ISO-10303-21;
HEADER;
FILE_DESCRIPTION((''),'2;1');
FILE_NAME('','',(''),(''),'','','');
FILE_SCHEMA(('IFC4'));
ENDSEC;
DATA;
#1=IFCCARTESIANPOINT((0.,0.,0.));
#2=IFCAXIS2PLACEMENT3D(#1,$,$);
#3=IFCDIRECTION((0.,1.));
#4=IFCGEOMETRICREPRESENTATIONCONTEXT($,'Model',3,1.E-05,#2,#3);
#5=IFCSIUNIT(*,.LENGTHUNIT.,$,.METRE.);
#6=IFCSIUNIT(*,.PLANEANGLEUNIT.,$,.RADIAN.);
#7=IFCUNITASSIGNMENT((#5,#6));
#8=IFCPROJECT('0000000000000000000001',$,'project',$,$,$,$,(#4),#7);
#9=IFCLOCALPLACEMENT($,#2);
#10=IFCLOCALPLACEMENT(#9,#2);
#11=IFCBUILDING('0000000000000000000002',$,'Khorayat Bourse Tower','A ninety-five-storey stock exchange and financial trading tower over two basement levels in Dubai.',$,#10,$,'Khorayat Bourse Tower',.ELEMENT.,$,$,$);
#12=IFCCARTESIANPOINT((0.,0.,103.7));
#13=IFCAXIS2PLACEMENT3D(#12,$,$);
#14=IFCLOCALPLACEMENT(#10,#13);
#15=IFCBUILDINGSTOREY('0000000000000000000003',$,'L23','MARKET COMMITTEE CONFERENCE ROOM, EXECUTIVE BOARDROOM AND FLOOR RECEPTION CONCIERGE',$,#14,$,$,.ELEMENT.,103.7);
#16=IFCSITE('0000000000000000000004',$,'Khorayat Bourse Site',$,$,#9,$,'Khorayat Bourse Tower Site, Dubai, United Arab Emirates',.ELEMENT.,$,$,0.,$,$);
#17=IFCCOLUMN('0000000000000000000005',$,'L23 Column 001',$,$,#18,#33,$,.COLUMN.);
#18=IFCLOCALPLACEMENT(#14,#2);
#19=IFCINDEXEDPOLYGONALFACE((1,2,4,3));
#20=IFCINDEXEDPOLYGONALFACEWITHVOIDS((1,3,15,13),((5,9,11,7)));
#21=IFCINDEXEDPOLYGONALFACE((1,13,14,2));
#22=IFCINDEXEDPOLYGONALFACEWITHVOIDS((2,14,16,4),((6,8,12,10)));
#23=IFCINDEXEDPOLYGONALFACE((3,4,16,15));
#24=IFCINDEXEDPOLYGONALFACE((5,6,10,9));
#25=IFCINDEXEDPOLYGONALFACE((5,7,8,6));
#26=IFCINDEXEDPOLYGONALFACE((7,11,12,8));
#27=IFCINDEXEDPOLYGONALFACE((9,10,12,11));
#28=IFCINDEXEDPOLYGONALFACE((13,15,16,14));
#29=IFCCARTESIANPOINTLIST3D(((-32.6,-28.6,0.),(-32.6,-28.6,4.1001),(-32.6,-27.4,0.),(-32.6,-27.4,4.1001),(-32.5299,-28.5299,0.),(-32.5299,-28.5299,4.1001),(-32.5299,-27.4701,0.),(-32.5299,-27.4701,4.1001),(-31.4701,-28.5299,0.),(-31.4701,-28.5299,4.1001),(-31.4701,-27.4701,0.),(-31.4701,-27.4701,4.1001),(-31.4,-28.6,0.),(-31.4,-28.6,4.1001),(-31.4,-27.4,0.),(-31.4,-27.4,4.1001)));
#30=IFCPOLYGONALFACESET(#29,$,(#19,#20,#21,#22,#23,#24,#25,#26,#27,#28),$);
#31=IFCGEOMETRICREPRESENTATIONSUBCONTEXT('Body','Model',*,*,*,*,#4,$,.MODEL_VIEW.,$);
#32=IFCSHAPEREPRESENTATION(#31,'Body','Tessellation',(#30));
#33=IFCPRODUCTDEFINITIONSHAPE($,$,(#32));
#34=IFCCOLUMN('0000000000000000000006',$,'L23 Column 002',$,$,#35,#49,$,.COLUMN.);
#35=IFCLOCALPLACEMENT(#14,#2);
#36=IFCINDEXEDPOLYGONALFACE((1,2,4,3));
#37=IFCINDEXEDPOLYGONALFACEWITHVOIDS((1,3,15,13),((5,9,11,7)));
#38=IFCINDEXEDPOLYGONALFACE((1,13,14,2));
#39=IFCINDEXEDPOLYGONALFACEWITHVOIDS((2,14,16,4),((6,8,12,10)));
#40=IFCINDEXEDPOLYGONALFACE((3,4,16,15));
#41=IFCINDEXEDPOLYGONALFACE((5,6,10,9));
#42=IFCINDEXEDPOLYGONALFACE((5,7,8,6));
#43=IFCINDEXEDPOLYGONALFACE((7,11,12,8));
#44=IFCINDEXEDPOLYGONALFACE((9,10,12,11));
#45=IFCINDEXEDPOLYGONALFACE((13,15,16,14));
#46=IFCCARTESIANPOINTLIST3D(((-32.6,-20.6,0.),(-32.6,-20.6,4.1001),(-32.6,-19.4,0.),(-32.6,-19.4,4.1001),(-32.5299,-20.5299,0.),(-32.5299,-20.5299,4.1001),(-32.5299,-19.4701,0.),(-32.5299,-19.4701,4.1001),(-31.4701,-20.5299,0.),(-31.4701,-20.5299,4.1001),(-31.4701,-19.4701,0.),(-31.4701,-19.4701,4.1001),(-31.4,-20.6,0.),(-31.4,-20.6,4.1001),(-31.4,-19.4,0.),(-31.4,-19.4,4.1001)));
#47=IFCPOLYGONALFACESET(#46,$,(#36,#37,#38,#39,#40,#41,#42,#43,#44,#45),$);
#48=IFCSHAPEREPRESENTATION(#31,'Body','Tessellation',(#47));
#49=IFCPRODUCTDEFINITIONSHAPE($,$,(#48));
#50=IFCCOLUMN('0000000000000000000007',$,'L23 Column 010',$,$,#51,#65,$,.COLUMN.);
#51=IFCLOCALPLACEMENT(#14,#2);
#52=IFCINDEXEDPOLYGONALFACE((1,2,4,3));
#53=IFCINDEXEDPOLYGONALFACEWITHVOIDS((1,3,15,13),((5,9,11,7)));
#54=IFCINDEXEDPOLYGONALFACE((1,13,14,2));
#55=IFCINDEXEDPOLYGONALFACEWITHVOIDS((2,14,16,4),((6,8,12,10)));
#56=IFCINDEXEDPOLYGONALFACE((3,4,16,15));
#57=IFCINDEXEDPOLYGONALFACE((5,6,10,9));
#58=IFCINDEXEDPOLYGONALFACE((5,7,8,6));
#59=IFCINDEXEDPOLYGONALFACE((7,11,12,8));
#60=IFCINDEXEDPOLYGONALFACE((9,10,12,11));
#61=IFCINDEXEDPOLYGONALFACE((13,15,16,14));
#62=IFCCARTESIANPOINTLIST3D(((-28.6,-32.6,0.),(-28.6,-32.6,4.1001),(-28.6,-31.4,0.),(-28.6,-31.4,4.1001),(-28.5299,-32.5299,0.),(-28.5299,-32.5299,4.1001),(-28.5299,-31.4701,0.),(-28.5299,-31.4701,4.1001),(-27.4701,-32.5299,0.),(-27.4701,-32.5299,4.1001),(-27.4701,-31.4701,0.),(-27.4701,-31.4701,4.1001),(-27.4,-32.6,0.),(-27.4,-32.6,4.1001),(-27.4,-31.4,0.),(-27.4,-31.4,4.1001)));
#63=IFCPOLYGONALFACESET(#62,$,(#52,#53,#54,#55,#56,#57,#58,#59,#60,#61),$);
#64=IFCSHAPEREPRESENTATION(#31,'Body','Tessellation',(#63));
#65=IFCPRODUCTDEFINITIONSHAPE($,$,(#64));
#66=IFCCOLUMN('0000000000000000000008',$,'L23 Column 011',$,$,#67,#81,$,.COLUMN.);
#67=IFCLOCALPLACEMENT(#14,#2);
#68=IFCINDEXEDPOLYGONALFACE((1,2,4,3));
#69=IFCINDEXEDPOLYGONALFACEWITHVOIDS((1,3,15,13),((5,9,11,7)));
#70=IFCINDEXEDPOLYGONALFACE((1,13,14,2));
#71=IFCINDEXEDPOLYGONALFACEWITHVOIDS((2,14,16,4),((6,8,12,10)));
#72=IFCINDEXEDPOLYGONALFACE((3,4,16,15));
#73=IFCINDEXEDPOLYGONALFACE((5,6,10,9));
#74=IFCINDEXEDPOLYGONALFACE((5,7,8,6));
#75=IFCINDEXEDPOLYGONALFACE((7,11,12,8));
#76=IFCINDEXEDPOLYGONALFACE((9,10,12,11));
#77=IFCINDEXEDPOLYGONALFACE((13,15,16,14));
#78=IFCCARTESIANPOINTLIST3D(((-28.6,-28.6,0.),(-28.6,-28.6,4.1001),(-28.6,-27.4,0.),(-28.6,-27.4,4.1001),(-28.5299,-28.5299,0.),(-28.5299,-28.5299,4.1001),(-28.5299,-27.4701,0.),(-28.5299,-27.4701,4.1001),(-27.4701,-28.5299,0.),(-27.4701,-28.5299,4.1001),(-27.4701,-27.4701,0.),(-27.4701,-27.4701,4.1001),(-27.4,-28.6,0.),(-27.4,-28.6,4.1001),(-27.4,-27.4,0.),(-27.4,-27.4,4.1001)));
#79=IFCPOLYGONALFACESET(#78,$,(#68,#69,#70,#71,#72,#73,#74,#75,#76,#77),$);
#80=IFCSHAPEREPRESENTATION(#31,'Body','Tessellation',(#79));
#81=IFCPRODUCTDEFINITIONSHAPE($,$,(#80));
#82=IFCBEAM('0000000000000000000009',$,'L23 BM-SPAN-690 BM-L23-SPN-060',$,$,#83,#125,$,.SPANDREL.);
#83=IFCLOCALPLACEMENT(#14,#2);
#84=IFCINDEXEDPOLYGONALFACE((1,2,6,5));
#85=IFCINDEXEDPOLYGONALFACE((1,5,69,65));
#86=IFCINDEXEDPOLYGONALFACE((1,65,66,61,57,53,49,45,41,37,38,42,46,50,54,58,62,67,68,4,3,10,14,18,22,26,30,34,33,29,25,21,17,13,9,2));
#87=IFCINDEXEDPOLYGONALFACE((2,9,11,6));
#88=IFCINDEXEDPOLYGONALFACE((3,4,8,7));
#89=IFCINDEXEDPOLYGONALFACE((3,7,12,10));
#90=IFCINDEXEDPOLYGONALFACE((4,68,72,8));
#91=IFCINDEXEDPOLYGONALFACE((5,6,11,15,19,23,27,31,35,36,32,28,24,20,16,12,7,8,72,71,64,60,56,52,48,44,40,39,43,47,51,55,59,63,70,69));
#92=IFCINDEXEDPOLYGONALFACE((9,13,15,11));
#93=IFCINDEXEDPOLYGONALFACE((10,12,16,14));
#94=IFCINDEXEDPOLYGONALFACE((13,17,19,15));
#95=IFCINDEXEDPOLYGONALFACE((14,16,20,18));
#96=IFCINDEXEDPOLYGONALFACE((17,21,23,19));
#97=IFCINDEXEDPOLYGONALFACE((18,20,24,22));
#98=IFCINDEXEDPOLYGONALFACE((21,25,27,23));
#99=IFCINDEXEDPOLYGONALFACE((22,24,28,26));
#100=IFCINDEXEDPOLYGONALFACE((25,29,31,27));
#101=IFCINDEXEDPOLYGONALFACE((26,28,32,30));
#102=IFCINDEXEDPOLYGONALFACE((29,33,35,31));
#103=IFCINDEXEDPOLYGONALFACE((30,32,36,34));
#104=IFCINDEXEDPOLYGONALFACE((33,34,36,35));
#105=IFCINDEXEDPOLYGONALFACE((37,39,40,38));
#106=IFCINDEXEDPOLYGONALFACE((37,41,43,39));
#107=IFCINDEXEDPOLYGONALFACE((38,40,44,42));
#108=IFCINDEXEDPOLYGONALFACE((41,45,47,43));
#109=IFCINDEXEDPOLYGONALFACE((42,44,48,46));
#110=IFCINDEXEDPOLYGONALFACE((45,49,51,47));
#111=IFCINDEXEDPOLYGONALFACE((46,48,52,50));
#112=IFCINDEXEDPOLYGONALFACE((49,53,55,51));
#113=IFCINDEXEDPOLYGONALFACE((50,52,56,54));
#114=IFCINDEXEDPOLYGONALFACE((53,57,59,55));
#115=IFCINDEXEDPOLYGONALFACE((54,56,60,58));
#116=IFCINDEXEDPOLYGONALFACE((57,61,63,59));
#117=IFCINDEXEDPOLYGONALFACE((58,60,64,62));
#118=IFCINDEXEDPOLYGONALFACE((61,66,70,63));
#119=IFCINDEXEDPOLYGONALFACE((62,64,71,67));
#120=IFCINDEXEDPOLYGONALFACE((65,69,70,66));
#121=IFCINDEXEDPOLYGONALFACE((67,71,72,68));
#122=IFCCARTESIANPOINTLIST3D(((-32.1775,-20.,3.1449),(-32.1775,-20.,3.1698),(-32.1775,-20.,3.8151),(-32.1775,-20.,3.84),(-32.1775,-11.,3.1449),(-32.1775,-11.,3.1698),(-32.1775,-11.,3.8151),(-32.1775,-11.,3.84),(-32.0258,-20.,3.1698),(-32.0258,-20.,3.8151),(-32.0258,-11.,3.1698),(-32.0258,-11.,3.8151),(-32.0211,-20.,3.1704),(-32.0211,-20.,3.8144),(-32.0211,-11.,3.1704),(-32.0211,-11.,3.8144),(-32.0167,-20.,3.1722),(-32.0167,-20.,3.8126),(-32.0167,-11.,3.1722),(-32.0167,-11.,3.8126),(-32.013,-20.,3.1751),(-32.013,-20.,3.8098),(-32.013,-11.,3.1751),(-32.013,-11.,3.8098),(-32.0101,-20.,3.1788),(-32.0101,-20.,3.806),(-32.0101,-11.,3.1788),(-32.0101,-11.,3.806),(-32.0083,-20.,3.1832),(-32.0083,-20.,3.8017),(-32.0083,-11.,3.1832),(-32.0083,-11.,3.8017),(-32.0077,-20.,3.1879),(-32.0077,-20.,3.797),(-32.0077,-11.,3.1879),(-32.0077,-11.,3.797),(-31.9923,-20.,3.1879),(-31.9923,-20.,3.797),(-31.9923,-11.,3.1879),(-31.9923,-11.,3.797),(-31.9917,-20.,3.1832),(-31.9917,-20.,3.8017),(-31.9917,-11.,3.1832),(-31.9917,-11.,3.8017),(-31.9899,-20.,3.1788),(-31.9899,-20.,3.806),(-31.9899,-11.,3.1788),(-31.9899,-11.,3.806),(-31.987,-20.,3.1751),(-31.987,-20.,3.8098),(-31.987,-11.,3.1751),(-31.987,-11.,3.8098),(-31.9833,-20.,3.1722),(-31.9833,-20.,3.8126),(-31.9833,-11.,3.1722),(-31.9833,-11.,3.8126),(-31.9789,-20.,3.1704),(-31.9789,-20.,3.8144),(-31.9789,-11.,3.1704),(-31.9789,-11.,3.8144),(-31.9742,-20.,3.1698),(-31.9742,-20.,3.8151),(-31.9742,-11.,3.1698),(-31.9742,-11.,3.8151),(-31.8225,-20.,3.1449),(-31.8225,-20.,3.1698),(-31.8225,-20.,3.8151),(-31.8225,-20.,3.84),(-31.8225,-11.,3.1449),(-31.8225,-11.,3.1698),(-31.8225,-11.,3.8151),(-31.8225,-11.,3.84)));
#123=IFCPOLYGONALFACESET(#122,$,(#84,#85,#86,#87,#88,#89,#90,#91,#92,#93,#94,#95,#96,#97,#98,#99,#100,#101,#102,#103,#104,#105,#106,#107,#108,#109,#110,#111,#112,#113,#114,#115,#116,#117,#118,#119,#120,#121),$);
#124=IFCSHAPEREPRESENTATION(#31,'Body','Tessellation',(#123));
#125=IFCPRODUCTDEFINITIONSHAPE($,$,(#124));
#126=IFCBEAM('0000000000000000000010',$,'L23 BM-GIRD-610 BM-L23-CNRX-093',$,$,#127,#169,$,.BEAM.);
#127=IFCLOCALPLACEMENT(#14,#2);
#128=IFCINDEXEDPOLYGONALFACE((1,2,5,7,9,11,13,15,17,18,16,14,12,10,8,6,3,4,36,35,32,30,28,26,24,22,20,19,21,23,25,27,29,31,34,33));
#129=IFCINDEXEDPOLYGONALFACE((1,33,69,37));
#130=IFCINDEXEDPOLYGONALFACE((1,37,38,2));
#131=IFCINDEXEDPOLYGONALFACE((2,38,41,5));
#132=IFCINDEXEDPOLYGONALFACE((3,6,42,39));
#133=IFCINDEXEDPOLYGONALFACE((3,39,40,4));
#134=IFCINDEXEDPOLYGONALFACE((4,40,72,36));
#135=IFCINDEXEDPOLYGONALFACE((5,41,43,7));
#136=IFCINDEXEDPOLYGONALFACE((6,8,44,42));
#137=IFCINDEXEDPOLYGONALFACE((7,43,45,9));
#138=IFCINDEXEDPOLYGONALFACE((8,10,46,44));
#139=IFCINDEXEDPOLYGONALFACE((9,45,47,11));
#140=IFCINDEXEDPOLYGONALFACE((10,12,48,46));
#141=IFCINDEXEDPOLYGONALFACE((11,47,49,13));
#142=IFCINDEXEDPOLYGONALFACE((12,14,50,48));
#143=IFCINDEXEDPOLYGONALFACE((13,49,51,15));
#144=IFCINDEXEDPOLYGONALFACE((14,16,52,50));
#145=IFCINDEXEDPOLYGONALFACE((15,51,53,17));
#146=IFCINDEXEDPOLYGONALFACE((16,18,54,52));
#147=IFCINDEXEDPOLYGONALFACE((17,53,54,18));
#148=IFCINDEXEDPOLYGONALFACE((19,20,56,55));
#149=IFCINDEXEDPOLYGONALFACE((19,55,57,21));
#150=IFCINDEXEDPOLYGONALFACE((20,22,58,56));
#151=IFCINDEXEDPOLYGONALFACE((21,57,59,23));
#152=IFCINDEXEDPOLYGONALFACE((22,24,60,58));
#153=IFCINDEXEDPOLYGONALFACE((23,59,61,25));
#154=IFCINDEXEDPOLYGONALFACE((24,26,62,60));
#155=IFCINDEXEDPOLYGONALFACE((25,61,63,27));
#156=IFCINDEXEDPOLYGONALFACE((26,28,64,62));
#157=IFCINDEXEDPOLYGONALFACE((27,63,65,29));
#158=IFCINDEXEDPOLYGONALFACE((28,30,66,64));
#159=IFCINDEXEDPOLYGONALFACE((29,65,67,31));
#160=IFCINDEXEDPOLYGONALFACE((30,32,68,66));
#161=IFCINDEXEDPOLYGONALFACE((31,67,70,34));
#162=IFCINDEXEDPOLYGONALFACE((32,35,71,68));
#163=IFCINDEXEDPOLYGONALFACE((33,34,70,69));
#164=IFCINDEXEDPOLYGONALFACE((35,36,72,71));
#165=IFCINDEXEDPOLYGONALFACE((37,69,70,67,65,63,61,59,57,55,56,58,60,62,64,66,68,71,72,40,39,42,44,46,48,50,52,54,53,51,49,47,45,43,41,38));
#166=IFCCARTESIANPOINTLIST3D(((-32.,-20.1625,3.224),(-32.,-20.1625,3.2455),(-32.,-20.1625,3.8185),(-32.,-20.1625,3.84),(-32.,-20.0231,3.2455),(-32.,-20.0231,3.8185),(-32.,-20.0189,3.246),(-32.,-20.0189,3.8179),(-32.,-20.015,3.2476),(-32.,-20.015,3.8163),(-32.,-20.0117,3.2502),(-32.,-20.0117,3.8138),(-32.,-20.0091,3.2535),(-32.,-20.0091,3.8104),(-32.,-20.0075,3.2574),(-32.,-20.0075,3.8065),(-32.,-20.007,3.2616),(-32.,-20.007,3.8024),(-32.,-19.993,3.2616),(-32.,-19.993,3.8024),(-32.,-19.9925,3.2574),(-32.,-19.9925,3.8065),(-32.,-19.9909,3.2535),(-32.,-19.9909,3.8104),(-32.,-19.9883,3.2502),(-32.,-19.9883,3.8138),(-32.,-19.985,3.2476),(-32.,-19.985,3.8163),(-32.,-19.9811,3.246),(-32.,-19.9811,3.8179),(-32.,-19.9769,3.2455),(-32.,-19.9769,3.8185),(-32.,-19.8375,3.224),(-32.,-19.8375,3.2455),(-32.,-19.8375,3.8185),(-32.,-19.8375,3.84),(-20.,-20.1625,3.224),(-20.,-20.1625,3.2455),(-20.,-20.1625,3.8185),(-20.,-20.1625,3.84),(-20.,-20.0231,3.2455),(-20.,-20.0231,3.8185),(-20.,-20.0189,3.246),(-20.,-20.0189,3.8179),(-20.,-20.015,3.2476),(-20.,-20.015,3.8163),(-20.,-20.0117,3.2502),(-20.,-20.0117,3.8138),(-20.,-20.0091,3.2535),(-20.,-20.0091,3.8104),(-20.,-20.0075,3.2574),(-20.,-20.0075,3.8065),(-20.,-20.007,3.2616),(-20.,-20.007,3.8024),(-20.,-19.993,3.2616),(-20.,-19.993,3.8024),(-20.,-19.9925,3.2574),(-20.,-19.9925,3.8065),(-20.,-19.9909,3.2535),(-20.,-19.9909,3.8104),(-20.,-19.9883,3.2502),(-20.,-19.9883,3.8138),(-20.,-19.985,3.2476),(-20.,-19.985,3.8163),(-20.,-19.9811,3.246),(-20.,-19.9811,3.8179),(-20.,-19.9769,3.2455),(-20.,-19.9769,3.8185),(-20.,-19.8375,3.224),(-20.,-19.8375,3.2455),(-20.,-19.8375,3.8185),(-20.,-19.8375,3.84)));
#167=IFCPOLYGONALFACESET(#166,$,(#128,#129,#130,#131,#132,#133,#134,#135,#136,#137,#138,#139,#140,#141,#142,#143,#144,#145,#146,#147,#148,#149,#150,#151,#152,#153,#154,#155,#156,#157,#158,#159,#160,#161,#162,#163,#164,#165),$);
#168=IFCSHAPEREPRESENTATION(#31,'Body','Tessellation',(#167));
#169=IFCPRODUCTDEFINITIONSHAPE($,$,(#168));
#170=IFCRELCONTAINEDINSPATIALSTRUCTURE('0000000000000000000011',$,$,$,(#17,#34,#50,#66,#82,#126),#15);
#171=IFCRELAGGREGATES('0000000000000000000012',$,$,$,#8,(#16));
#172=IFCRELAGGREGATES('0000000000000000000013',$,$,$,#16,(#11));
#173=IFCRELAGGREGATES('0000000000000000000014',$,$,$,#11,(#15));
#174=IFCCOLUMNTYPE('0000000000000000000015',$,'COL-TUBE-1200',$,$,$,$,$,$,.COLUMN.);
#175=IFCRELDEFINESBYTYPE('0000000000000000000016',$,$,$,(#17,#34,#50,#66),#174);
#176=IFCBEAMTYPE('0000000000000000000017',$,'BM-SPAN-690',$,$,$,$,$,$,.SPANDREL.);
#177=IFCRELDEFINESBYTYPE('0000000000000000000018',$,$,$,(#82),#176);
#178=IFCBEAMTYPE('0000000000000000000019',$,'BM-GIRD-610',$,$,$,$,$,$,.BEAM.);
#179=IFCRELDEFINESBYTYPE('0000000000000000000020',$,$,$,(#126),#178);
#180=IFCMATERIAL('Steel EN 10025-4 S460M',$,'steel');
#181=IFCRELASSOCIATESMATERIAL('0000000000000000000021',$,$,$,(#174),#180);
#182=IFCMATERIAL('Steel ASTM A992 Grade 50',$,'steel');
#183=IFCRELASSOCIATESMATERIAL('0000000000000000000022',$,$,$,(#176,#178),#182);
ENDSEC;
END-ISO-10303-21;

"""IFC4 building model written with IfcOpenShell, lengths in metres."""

from ifc_helpers import new_model, si_unit, direction, frame, origin, origin_2d, place, context, subcontext, project, spatial, hollow_rectangle, i_section, extrude, source, transform, mapped, material, material_profile, profile_set, type_object, element, save


model = new_model("IFC4")

# Units and contexts
model_context = context("Model", 3, precision=1e-05, world=origin(), true_north=direction((0.0, 1.0)))
body_context = subcontext(model_context, "Body", "Model", "MODEL_VIEW")
ifc_project = project(units=[si_unit("LENGTHUNIT", "METRE"), si_unit("PLANEANGLEUNIT", "RADIAN")], contexts=[model_context])

# Site, building, storey
site_placement = place(None, origin())
site = spatial("IfcSite", under=ifc_project, at=site_placement, Name="Khorayat Bourse Site", LongName="Khorayat Bourse Tower Site, Dubai, United Arab Emirates", CompositionType="ELEMENT", RefElevation=0.0)
building_placement = place(site_placement, origin())
building = spatial("IfcBuilding", under=site, at=building_placement, Name="Khorayat Bourse Tower", Description="A ninety-five-storey stock exchange and financial trading tower over two basement levels in Dubai.", LongName="Khorayat Bourse Tower", CompositionType="ELEMENT")
storey_placement = place(building_placement, frame((0.0, 0.0, 103.7)))
storey = spatial("IfcBuildingStorey", under=building, at=storey_placement, Name="L23", Description="MARKET COMMITTEE CONFERENCE ROOM, EXECUTIVE BOARDROOM AND FLOOR RECEPTION CONCIERGE", CompositionType="ELEMENT", Elevation=103.7)

# Columns
ifc_material_1 = material(Name="Steel EN 10025-4 S460M", Category="steel")
ifc_material_profile_1 = material_profile(ifc_material_1, hollow_rectangle(XDim=1.2, YDim=1.2, WallThickness=0.0701, at=origin_2d()), Name="BOX 1200x1200x70")
ifc_profile_set_1 = profile_set([ifc_material_profile_1], Name="Steel EN 10025-4 S460M")
column_type = type_object("IfcColumnType", Name="COL-TUBE-1200", PredefinedType="COLUMN", material=ifc_profile_set_1)
shared_shape_1 = source(origin(), body_context, "Body", "SweptSolid", [
    extrude(hollow_rectangle(XDim=1.2, YDim=1.2, WallThickness=0.0701, at=origin_2d()), origin(), (0.0, 0.0, 1.0), 4.1001),
])
for number, where, z_axis, x_axis, name in (
    (1, (-32.0, -28.0, 0.0), (0.0, 0.0, 1.0), (1.0, 0.0, 0.0), "L23 Column 001"),
    (2, (-32.0, -20.0, 0.0), (0.0, 0.0, 1.0), (1.0, 0.0, 0.0), "L23 Column 002"),
    (3, (-28.0, -32.0, 0.0), (0.0, 0.0, 1.0), (1.0, 0.0, 0.0), "L23 Column 010"),
    (4, (-28.0, -28.0, 0.0), (0.0, 0.0, 1.0), (1.0, 0.0, 0.0), "L23 Column 011"),
):
    element("IfcColumn", number, at=place(storey_placement, frame(where, z_axis=z_axis, x_axis=x_axis)), inside=storey, type_object=column_type, Name=name, PredefinedType="COLUMN", context=body_context, shape_type="MappedRepresentation", body=[
        mapped(shared_shape_1, transform((0.0, 0.0, 0.0), scale=1.0)),
    ])

# Beams
ifc_material_2 = material(Name="Steel ASTM A992 Grade 50", Category="steel")
ifc_material_profile_2 = material_profile(ifc_material_2, i_section(OverallWidth=0.355, OverallDepth=0.6951, WebThickness=0.0154, FlangeThickness=0.0249, FilletRadius=0.0181, at=origin_2d()), Name="W690X217")
ifc_profile_set_2 = profile_set([ifc_material_profile_2], Name="Steel ASTM A992 Grade 50")
beam_type_1 = type_object("IfcBeamType", Name="BM-SPAN-690", PredefinedType="SPANDREL", material=ifc_profile_set_2)
shared_shape_2 = source(origin(), body_context, "Body", "SweptSolid", [
    extrude(i_section(OverallWidth=0.355, OverallDepth=0.6951, WebThickness=0.0154, FlangeThickness=0.0249, FilletRadius=0.0181, at=origin_2d()), origin(), (0.0, 0.0, 1.0), 9.0),
])
beam_1_placement = place(storey_placement, frame((-32.0, -20.0, 3.4924), z_axis=(0.0, 1.0, 0.0), x_axis=(-1.0, 0.0, 0.0)))
element("IfcBeam", 5, at=beam_1_placement, inside=storey, type_object=beam_type_1, Name="L23 BM-SPAN-690 BM-L23-SPN-060", PredefinedType="SPANDREL", context=body_context, shape_type="MappedRepresentation", body=[
    mapped(shared_shape_2, transform((0.0, 0.0, 0.0), scale=1.0)),
])
ifc_material_profile_3 = material_profile(ifc_material_2, i_section(OverallWidth=0.325, OverallDepth=0.616, WebThickness=0.0139, FlangeThickness=0.0215, FilletRadius=0.0161, at=origin_2d()), Name="W610X174")
ifc_profile_set_3 = profile_set([ifc_material_profile_3], Name="Steel ASTM A992 Grade 50")
beam_type_2 = type_object("IfcBeamType", Name="BM-GIRD-610", PredefinedType="BEAM", material=ifc_profile_set_3)
shared_shape_3 = source(origin(), body_context, "Body", "SweptSolid", [
    extrude(i_section(OverallWidth=0.325, OverallDepth=0.616, WebThickness=0.0139, FlangeThickness=0.0215, FilletRadius=0.0161, at=origin_2d()), origin(), (0.0, 0.0, 1.0), 12.0),
])
beam_2_placement = place(storey_placement, frame((-32.0, -20.0, 3.532), z_axis=(1.0, 0.0, 0.0), x_axis=(0.0, 1.0, 0.0)))
element("IfcBeam", 6, at=beam_2_placement, inside=storey, type_object=beam_type_2, Name="L23 BM-GIRD-610 BM-L23-CNRX-093", PredefinedType="BEAM", context=body_context, shape_type="MappedRepresentation", body=[
    mapped(shared_shape_3, transform((0.0, 0.0, 0.0), scale=1.0)),
])

save(model, "model.ifc")
